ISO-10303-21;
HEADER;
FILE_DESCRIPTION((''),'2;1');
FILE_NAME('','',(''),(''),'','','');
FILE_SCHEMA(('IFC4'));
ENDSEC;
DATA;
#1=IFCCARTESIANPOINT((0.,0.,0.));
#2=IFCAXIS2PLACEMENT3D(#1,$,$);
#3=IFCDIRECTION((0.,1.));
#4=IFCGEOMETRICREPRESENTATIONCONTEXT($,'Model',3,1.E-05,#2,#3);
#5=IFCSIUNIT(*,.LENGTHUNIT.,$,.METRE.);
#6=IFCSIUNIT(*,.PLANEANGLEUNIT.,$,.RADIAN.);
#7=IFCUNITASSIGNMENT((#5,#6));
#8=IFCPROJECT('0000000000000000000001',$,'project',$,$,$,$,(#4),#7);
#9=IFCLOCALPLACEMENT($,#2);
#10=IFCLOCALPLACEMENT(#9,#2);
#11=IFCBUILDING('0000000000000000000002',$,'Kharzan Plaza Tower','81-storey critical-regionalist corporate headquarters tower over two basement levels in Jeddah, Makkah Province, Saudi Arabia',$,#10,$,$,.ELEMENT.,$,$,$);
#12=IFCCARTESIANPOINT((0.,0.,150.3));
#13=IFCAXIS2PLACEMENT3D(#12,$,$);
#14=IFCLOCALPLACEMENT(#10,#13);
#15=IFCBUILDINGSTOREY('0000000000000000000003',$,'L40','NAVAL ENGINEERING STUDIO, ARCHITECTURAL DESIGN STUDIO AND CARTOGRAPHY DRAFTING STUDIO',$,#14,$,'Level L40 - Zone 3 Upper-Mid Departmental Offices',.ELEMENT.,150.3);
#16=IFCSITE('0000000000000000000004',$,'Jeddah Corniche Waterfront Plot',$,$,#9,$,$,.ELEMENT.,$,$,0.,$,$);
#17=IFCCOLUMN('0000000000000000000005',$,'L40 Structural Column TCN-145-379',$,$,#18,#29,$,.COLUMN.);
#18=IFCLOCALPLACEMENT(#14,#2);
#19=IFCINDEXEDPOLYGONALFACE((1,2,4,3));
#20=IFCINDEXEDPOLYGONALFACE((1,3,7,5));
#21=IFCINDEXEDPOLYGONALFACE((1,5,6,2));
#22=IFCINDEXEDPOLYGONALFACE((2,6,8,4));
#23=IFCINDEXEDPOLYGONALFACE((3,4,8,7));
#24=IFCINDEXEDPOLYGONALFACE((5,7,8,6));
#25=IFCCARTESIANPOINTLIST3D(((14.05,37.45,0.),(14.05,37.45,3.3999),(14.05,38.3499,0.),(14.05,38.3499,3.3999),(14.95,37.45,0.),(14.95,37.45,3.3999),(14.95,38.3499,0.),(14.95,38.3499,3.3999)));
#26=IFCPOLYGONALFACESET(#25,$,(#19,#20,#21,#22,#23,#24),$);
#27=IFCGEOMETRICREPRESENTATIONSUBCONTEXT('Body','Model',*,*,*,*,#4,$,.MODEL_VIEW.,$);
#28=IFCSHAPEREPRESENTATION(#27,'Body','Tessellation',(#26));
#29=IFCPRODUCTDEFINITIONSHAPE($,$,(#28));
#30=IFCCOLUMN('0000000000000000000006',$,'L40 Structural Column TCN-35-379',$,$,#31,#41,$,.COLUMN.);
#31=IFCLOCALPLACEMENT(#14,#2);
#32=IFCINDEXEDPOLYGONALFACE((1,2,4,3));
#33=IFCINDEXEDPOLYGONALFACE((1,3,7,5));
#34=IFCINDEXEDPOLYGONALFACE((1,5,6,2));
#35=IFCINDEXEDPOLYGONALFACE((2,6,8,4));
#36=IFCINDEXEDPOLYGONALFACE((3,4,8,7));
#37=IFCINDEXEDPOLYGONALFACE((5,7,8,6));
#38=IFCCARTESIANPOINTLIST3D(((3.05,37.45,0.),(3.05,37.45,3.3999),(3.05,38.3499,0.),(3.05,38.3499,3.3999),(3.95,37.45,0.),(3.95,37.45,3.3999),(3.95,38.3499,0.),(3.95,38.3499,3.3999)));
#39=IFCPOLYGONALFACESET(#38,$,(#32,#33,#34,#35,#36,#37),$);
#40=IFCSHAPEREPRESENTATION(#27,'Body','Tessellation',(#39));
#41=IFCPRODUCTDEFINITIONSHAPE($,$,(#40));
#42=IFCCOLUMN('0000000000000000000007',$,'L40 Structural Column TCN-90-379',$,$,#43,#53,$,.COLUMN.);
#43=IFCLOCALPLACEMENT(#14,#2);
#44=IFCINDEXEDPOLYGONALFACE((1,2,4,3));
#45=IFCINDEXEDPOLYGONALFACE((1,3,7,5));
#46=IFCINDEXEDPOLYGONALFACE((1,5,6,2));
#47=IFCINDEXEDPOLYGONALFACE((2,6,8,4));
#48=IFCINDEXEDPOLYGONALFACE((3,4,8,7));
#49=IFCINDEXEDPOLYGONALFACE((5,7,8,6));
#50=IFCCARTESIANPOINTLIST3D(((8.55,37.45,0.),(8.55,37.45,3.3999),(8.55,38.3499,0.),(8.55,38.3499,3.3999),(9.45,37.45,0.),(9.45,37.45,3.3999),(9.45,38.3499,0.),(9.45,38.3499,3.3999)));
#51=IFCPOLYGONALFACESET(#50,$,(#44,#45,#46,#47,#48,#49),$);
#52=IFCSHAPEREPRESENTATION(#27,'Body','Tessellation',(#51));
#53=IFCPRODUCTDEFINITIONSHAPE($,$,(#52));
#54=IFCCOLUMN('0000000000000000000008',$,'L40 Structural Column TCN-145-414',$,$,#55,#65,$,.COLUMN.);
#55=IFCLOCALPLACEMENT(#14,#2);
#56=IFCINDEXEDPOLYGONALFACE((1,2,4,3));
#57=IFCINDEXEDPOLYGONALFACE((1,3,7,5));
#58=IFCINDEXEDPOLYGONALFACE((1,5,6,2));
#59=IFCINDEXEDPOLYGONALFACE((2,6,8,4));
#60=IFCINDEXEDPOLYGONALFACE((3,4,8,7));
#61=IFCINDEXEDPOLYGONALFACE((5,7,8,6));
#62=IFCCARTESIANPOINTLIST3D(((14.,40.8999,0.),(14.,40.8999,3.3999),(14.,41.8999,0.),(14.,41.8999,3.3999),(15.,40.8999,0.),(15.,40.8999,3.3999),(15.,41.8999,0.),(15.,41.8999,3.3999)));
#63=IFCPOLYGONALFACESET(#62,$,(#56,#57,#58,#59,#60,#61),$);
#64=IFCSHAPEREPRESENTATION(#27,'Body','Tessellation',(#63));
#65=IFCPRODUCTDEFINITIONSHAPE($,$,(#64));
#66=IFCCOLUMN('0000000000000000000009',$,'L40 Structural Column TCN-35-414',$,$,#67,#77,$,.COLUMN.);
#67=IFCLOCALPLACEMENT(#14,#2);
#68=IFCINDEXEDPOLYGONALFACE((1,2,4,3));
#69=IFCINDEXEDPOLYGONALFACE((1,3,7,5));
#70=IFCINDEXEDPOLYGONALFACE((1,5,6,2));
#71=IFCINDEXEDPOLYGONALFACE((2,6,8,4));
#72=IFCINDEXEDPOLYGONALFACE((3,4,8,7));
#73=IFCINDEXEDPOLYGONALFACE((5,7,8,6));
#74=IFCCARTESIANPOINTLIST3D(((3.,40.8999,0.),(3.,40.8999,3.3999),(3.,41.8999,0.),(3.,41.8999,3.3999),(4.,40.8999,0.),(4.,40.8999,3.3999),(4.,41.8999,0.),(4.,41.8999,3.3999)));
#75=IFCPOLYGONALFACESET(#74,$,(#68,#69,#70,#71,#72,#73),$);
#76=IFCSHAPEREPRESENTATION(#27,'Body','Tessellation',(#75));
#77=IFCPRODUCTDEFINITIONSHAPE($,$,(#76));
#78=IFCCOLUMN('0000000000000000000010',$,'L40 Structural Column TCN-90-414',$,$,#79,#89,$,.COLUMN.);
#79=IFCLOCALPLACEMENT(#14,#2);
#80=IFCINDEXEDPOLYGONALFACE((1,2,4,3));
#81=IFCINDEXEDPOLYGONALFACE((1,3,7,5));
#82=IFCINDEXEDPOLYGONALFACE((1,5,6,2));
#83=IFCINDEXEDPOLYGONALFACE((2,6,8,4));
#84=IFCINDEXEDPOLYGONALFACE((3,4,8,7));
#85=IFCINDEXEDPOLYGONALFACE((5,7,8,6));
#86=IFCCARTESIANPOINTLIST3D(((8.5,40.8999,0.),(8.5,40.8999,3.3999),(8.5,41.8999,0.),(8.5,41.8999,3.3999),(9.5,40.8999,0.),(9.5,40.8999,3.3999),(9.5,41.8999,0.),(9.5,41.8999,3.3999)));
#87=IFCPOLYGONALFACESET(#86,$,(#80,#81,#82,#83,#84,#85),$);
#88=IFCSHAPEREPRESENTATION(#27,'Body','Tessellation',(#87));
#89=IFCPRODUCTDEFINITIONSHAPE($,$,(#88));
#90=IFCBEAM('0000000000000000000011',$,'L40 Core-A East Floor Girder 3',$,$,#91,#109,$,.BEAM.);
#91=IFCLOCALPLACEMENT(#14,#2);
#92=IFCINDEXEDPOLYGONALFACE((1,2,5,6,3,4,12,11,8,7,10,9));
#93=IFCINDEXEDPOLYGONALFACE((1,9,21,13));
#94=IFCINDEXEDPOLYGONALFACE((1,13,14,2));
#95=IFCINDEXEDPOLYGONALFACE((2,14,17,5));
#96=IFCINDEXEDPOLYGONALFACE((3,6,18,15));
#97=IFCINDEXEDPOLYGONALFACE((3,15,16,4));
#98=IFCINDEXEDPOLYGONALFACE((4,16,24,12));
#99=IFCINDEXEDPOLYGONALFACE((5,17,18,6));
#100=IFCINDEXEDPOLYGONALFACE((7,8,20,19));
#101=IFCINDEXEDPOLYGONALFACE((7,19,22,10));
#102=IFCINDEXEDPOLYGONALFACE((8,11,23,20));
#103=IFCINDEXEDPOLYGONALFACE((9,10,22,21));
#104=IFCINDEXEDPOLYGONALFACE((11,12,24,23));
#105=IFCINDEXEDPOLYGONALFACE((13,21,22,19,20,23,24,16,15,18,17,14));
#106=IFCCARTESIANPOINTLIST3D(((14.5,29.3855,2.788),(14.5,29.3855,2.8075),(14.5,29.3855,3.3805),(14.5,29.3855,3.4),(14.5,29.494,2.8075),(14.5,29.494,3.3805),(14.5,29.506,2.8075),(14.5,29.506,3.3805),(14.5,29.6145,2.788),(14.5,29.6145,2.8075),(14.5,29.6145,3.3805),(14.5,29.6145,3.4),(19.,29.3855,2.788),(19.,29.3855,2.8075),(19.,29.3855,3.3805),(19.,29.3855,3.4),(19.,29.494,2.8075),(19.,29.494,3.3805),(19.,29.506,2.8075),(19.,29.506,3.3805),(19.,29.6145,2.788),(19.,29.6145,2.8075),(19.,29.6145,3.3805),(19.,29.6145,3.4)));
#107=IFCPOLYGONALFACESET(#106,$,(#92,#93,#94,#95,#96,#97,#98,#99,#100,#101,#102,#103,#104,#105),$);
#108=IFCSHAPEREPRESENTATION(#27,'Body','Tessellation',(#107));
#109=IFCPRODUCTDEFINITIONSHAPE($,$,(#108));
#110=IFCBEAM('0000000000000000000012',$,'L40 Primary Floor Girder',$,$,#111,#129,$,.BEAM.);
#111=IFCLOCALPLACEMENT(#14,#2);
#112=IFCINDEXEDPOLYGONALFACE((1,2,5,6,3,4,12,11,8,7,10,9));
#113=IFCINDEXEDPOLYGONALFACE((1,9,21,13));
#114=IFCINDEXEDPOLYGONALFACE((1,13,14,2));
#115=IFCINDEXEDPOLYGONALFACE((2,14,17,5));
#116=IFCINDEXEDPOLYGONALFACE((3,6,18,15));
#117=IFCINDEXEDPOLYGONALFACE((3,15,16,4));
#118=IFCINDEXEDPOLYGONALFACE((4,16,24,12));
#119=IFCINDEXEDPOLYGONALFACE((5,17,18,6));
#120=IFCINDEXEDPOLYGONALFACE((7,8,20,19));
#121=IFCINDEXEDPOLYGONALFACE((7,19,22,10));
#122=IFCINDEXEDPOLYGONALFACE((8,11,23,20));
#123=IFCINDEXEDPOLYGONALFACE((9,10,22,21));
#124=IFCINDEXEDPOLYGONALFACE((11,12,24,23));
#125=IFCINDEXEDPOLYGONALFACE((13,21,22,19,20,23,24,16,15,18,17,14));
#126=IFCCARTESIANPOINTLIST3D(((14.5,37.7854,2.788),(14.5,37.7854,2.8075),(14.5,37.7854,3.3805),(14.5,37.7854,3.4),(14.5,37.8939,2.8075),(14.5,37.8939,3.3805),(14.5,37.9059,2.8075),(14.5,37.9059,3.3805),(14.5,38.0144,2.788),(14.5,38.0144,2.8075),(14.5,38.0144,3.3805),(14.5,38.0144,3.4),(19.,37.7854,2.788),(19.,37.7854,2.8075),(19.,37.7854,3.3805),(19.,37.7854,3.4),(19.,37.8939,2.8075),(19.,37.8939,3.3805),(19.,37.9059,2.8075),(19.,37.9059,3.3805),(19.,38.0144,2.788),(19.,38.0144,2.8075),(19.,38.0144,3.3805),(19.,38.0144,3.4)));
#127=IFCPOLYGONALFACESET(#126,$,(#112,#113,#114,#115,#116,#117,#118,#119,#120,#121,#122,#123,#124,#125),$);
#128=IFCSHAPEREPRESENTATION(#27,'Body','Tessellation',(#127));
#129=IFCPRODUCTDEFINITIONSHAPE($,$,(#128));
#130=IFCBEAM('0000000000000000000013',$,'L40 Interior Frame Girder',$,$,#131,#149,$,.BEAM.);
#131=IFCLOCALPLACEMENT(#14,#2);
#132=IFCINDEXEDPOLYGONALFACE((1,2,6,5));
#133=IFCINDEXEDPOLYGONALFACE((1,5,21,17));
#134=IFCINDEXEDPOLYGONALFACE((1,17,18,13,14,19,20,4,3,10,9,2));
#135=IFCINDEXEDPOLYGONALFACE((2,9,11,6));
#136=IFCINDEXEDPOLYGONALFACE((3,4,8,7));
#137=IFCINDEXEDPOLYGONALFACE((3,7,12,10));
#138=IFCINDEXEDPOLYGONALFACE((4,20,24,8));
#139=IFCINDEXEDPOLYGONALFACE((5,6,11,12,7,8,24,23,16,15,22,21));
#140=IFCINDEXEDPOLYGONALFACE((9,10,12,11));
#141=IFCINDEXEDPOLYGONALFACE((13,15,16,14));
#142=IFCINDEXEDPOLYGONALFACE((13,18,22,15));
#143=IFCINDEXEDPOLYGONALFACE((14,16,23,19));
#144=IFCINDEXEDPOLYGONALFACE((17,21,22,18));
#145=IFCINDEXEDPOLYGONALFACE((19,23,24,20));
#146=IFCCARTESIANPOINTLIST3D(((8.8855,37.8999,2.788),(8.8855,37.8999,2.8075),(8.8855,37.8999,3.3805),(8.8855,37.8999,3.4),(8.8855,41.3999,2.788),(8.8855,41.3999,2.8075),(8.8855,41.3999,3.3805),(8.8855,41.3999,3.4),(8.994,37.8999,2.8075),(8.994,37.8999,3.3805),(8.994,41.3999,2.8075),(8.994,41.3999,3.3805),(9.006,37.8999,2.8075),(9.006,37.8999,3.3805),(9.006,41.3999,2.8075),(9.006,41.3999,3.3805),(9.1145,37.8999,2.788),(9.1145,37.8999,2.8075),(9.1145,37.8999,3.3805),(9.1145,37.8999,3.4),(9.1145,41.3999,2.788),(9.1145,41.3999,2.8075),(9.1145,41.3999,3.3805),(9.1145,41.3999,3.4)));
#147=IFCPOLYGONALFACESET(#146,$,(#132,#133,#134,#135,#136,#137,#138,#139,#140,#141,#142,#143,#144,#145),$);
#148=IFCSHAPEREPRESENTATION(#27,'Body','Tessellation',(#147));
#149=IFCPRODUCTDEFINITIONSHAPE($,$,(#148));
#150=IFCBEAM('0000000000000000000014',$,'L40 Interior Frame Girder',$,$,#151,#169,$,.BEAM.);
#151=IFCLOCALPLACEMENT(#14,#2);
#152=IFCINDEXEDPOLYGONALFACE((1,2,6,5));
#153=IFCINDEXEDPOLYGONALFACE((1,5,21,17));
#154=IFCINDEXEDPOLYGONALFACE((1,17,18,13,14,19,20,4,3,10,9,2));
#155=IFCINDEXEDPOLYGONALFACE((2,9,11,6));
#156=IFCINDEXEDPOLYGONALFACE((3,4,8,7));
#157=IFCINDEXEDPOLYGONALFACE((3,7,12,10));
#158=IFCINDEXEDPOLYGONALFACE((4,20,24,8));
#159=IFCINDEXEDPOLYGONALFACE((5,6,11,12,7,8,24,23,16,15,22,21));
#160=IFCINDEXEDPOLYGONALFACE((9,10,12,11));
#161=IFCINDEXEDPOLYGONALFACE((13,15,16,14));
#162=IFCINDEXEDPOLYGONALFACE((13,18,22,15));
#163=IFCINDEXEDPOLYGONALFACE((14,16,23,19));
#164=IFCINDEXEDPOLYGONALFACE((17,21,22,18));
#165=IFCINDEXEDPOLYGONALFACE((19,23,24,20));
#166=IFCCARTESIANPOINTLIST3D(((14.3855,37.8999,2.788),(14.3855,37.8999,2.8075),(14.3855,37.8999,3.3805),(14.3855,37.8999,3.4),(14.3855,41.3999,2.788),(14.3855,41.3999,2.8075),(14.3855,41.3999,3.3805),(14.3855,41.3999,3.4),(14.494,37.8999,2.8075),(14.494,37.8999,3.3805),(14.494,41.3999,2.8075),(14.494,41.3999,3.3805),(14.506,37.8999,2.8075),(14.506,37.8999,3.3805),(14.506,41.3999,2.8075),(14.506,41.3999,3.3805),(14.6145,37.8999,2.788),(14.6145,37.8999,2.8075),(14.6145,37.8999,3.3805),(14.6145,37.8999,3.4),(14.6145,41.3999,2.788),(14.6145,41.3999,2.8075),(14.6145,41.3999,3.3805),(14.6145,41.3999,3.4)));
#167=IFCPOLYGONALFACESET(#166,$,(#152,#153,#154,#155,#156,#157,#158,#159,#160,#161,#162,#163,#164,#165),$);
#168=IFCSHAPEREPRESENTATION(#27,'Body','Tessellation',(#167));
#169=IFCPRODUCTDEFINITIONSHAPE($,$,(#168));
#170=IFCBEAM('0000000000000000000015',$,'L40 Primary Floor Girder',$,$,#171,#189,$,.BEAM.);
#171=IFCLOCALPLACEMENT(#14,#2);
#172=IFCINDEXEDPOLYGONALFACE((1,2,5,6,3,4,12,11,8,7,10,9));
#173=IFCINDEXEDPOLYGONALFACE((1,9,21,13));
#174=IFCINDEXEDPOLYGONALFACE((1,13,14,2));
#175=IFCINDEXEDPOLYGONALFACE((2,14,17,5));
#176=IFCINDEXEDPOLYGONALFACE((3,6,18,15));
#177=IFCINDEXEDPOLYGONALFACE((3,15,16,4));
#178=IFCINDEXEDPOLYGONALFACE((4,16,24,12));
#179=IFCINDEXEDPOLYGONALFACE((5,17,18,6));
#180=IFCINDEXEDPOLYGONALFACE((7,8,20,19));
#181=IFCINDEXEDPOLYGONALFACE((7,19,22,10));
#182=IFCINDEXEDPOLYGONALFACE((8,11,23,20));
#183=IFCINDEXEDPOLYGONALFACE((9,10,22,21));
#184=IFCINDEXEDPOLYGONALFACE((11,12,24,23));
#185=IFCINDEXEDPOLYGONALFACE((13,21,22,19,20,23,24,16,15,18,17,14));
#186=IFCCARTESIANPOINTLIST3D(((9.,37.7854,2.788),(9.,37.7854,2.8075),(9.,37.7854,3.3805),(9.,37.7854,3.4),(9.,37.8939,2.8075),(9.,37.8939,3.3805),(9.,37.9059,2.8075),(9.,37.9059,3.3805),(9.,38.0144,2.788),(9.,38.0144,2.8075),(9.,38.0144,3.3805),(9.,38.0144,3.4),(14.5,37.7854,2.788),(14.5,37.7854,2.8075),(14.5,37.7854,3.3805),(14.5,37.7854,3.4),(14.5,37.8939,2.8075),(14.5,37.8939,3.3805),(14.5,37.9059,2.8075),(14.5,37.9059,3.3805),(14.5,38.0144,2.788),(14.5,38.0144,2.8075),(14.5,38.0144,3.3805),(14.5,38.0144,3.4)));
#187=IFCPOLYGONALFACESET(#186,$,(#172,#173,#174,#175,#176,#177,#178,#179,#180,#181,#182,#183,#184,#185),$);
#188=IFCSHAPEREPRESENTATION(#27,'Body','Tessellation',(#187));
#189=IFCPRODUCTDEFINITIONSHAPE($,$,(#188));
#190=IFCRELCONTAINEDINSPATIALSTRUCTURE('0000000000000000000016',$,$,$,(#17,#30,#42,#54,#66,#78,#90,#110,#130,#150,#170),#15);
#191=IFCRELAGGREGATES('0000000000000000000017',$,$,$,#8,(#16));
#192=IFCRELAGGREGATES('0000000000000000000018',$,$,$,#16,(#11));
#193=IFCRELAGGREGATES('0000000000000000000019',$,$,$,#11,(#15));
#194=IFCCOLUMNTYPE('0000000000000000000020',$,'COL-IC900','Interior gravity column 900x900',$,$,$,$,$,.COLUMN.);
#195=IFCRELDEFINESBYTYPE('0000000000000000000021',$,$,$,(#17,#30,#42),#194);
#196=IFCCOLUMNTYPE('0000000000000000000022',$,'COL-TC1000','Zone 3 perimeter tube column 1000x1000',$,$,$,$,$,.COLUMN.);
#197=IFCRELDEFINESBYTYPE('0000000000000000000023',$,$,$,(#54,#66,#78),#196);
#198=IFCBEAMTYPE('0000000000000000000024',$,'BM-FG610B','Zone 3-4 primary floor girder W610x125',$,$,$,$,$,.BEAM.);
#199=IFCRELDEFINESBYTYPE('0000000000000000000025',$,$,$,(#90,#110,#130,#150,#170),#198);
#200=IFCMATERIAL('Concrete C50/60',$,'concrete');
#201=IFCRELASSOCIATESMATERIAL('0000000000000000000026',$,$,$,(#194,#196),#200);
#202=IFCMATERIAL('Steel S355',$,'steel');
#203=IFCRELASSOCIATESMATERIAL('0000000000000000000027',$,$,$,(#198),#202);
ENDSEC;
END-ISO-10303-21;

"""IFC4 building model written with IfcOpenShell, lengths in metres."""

from ifc_helpers import new_model, si_unit, direction, frame, origin, origin_2d, place, context, subcontext, project, spatial, rectangle, i_section, extrude, source, transform, mapped, material, material_profile, profile_set, type_object, element, save


model = new_model("IFC4")

# Units and contexts
model_context = context("Model", 3, precision=1e-05, world=origin(), true_north=direction((0.0, 1.0)))
body_context = subcontext(model_context, "Body", "Model", "MODEL_VIEW")
ifc_project = project(units=[si_unit("LENGTHUNIT", "METRE"), si_unit("PLANEANGLEUNIT", "RADIAN")], contexts=[model_context])

# Site, building, storey
site_placement = place(None, origin())
site = spatial("IfcSite", under=ifc_project, at=site_placement, Name="Jeddah Corniche Waterfront Plot", CompositionType="ELEMENT", RefElevation=0.0)
building_placement = place(site_placement, origin())
building = spatial("IfcBuilding", under=site, at=building_placement, Name="Kharzan Plaza Tower", Description="81-storey critical-regionalist corporate headquarters tower over two basement levels in Jeddah, Makkah Province, Saudi Arabia", CompositionType="ELEMENT")
storey_placement = place(building_placement, frame((0.0, 0.0, 150.3)))
storey = spatial("IfcBuildingStorey", under=building, at=storey_placement, Name="L40", Description="NAVAL ENGINEERING STUDIO, ARCHITECTURAL DESIGN STUDIO AND CARTOGRAPHY DRAFTING STUDIO", LongName="Level L40 - Zone 3 Upper-Mid Departmental Offices", CompositionType="ELEMENT", Elevation=150.3)

# Columns
ifc_material_1 = material(Name="Concrete C50/60", Category="concrete")
ifc_material_profile_1 = material_profile(ifc_material_1, rectangle(XDim=0.8999, YDim=0.8999, at=origin_2d()), Name="RC-IC900x900")
ifc_profile_set_1 = profile_set([ifc_material_profile_1], Name="Concrete C50/60")
column_type_1 = type_object("IfcColumnType", Name="COL-IC900", Description="Interior gravity column 900x900", PredefinedType="COLUMN", material=ifc_profile_set_1)
shared_shape_1 = source(origin(), body_context, "Body", "SweptSolid", [
    extrude(rectangle(XDim=0.8999, YDim=0.8999, at=origin_2d()), origin(), (0.0, 0.0, 1.0), 3.3999),
])
for number, where, z_axis, x_axis, name in (
    (1, (14.5, 37.8999, 0.0), (0.0, 0.0, 1.0), (1.0, 0.0, 0.0), "L40 Structural Column TCN-145-379"),
    (2, (3.5, 37.8999, 0.0), (0.0, 0.0, 1.0), (1.0, 0.0, 0.0), "L40 Structural Column TCN-35-379"),
    (3, (9.0, 37.8999, 0.0), (0.0, 0.0, 1.0), (1.0, 0.0, 0.0), "L40 Structural Column TCN-90-379"),
):
    element("IfcColumn", number, at=place(storey_placement, frame(where, z_axis=z_axis, x_axis=x_axis)), inside=storey, type_object=column_type_1, Name=name, PredefinedType="COLUMN", context=body_context, shape_type="MappedRepresentation", body=[
        mapped(shared_shape_1, transform((0.0, 0.0, 0.0), x_axis=(1.0, 0.0, 0.0), y_axis=(0.0, 1.0, 0.0), z_axis=(0.0, 0.0, 1.0))),
    ])
ifc_material_profile_2 = material_profile(ifc_material_1, rectangle(XDim=1.0, YDim=1.0, at=origin_2d()), Name="RC-TC1000x1000")
ifc_profile_set_2 = profile_set([ifc_material_profile_2], Name="Concrete C50/60")
column_type_2 = type_object("IfcColumnType", Name="COL-TC1000", Description="Zone 3 perimeter tube column 1000x1000", PredefinedType="COLUMN", material=ifc_profile_set_2)
shared_shape_2 = source(origin(), body_context, "Body", "SweptSolid", [
    extrude(rectangle(XDim=1.0, YDim=1.0, at=origin_2d()), origin(), (0.0, 0.0, 1.0), 3.3999),
])
for number, where, z_axis, x_axis, name in (
    (4, (14.5, 41.3999, 0.0), (0.0, 0.0, 1.0), (1.0, 0.0, 0.0), "L40 Structural Column TCN-145-414"),
    (5, (3.5, 41.3999, 0.0), (0.0, 0.0, 1.0), (1.0, 0.0, 0.0), "L40 Structural Column TCN-35-414"),
    (6, (9.0, 41.3999, 0.0), (0.0, 0.0, 1.0), (1.0, 0.0, 0.0), "L40 Structural Column TCN-90-414"),
):
    element("IfcColumn", number, at=place(storey_placement, frame(where, z_axis=z_axis, x_axis=x_axis)), inside=storey, type_object=column_type_2, Name=name, PredefinedType="COLUMN", context=body_context, shape_type="MappedRepresentation", body=[
        mapped(shared_shape_2, transform((0.0, 0.0, 0.0), x_axis=(1.0, 0.0, 0.0), y_axis=(0.0, 1.0, 0.0), z_axis=(0.0, 0.0, 1.0))),
    ])

# Beams
ifc_material_2 = material(Name="Steel S355", Category="steel")
ifc_material_profile_3 = material_profile(ifc_material_2, i_section(OverallWidth=0.229, OverallDepth=0.6121, WebThickness=0.012, FlangeThickness=0.0195, at=origin_2d()), Name="W610x125")
ifc_profile_set_3 = profile_set([ifc_material_profile_3], Name="Steel S355")
beam_type_1 = type_object("IfcBeamType", Name="BM-FG610B", Description="Zone 3-4 primary floor girder W610x125", PredefinedType="BEAM", material=ifc_profile_set_3)
shared_shape_3 = source(origin(), body_context, "Body", "SweptSolid", [
    extrude(i_section(OverallWidth=0.229, OverallDepth=0.6121, WebThickness=0.012, FlangeThickness=0.0195, at=origin_2d()), origin(), (0.0, 0.0, 1.0), 4.5),
])
for number, where, z_axis, x_axis, name in (
    (7, (14.5, 29.5, 3.094), (1.0, 0.0, 0.0), (0.0, 1.0, 0.0), "L40 Core-A East Floor Girder 3"),
    (8, (14.5, 37.8999, 3.094), (1.0, 0.0, 0.0), (0.0, 1.0, 0.0), "L40 Primary Floor Girder"),
):
    element("IfcBeam", number, at=place(storey_placement, frame(where, z_axis=z_axis, x_axis=x_axis)), inside=storey, type_object=beam_type_1, Name=name, PredefinedType="BEAM", context=body_context, shape_type="MappedRepresentation", body=[
        mapped(shared_shape_3, transform((0.0, 0.0, 0.0), x_axis=(1.0, 0.0, 0.0), y_axis=(0.0, 1.0, 0.0), z_axis=(0.0, 0.0, 1.0))),
    ])
shared_shape_4 = source(origin(), body_context, "Body", "SweptSolid", [
    extrude(i_section(OverallWidth=0.229, OverallDepth=0.6121, WebThickness=0.012, FlangeThickness=0.0195, at=origin_2d()), origin(), (0.0, 0.0, 1.0), 3.5),
])
for number, where, z_axis, x_axis, name in (
    (9, (9.0, 37.8999, 3.094), (0.0, 1.0, 0.0), (-1.0, 0.0, 0.0), "L40 Interior Frame Girder"),
    (10, (14.5, 37.8999, 3.094), (0.0, 1.0, 0.0), (-1.0, 0.0, 0.0), "L40 Interior Frame Girder"),
):
    element("IfcBeam", number, at=place(storey_placement, frame(where, z_axis=z_axis, x_axis=x_axis)), inside=storey, type_object=beam_type_1, Name=name, PredefinedType="BEAM", context=body_context, shape_type="MappedRepresentation", body=[
        mapped(shared_shape_4, transform((0.0, 0.0, 0.0), x_axis=(1.0, 0.0, 0.0), y_axis=(0.0, 1.0, 0.0), z_axis=(0.0, 0.0, 1.0))),
    ])
shared_shape_5 = source(origin(), body_context, "Body", "SweptSolid", [
    extrude(i_section(OverallWidth=0.229, OverallDepth=0.6121, WebThickness=0.012, FlangeThickness=0.0195, at=origin_2d()), origin(), (0.0, 0.0, 1.0), 5.5),
])
beam_1_placement = place(storey_placement, frame((9.0, 37.8999, 3.094), z_axis=(1.0, 0.0, 0.0), x_axis=(0.0, 1.0, 0.0)))
element("IfcBeam", 11, at=beam_1_placement, inside=storey, type_object=beam_type_1, Name="L40 Primary Floor Girder", PredefinedType="BEAM", context=body_context, shape_type="MappedRepresentation", body=[
    mapped(shared_shape_5, transform((0.0, 0.0, 0.0), x_axis=(1.0, 0.0, 0.0), y_axis=(0.0, 1.0, 0.0), z_axis=(0.0, 0.0, 1.0))),
])

save(model, "model.ifc")
